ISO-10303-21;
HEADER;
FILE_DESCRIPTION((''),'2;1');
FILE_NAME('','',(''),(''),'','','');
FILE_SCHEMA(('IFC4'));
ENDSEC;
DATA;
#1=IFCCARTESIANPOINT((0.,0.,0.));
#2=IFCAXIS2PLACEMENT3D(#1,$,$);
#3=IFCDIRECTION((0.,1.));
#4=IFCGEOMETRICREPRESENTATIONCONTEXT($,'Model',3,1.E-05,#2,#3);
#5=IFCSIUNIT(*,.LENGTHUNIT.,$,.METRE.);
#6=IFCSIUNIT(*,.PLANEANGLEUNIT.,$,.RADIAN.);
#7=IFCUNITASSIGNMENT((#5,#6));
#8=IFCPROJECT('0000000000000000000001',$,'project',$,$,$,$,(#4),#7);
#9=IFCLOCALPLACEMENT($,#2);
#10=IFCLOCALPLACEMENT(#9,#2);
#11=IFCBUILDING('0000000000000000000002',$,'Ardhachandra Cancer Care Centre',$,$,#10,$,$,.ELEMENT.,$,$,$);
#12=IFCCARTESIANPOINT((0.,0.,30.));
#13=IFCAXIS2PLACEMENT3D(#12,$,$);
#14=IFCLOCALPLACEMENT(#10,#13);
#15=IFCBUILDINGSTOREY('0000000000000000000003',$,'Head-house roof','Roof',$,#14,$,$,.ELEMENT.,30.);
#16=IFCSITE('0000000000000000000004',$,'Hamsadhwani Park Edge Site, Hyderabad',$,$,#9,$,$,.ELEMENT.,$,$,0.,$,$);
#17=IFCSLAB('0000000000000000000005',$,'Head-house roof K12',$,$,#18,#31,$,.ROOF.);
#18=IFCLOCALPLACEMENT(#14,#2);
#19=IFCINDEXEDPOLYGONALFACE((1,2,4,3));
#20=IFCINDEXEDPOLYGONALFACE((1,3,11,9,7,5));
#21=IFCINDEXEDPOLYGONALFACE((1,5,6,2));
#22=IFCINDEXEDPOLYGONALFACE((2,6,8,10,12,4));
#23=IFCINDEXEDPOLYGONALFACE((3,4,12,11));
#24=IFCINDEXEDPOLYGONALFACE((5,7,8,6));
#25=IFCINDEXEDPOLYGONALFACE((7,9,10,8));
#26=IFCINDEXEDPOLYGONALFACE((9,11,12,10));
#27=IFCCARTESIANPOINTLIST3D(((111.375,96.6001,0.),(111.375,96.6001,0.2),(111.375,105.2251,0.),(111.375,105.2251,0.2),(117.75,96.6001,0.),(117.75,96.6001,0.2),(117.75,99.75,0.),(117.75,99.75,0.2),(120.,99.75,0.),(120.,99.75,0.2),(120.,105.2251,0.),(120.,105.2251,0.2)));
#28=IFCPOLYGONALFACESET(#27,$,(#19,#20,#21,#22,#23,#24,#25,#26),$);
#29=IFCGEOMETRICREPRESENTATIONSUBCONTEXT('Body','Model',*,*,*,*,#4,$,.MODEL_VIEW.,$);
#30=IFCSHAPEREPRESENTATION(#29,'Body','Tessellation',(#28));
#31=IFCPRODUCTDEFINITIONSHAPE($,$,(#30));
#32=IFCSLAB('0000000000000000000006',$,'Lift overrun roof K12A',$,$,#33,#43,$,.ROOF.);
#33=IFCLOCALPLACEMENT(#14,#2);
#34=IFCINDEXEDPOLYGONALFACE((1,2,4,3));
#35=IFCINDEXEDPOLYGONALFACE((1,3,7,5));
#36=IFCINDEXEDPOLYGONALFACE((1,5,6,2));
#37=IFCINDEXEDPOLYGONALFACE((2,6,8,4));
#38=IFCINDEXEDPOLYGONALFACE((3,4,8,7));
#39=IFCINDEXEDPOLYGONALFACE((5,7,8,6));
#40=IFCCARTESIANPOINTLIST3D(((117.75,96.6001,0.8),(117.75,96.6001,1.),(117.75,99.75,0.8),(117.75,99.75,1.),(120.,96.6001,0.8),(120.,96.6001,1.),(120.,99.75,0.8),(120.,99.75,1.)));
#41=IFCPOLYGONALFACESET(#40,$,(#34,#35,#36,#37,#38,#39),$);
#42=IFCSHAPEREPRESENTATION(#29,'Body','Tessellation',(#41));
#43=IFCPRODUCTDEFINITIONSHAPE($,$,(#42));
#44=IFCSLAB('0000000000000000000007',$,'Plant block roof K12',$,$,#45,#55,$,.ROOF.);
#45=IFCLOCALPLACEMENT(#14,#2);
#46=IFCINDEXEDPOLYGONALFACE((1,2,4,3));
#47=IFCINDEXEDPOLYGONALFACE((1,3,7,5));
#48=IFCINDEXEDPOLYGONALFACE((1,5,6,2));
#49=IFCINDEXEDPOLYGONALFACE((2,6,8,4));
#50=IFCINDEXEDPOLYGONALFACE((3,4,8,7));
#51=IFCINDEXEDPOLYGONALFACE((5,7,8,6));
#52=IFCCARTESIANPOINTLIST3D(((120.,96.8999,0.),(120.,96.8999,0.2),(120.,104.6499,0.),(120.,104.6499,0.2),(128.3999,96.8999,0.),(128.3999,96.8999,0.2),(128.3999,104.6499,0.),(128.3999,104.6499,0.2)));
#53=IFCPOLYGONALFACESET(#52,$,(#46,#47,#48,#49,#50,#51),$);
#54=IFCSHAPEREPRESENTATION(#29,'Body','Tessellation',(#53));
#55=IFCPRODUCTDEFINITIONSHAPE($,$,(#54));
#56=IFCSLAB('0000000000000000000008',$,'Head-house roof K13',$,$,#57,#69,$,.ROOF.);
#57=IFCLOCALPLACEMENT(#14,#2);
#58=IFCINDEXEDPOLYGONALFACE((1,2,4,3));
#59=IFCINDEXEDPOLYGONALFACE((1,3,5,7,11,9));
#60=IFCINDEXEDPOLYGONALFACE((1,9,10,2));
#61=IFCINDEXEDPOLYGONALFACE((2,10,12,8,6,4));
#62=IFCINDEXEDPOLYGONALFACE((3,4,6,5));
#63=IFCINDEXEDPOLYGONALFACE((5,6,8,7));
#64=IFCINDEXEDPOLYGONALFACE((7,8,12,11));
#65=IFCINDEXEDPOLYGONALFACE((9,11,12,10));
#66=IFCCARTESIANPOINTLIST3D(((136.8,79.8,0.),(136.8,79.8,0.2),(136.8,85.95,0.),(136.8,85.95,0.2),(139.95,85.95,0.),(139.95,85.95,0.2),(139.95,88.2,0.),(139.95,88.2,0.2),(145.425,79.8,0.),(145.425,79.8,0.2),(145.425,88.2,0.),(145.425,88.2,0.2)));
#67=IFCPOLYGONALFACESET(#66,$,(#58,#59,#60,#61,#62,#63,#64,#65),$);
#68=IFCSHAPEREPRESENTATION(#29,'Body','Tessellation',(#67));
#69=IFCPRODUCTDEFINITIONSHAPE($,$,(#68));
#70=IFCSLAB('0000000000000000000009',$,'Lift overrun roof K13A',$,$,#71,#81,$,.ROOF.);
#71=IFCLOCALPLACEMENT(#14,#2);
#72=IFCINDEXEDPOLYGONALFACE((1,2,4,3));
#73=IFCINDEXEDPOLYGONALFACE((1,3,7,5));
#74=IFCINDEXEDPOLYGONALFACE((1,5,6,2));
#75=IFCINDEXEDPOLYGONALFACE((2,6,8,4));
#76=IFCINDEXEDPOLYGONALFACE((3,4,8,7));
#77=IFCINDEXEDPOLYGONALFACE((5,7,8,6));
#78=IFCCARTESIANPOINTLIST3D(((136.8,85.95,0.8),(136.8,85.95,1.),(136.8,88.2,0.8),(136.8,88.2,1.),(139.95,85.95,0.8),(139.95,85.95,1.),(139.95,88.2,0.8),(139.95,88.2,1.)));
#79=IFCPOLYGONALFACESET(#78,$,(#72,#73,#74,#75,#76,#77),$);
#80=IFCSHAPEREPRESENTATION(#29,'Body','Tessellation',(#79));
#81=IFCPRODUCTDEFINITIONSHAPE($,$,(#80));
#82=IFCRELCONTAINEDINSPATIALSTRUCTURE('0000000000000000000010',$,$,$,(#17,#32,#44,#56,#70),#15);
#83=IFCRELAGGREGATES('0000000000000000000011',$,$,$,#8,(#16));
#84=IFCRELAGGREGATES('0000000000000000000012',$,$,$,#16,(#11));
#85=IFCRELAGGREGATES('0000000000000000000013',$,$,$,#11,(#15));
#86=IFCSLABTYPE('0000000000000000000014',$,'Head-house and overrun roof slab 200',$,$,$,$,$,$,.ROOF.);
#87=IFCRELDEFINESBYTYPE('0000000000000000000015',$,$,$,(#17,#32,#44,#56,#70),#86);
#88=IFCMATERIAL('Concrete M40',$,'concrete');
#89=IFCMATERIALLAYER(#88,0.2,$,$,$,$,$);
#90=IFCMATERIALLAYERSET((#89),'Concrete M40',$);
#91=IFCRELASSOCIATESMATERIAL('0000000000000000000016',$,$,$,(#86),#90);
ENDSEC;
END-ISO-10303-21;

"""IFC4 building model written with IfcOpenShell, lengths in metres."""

from ifc_helpers import new_model, si_unit, direction, frame, origin, place, context, subcontext, project, spatial, polyline, outline, extrude, material, layer, layer_set, type_object, element, save


model = new_model("IFC4")

# Units and contexts
model_context = context("Model", 3, precision=1e-05, world=origin(), true_north=direction((0.0, 1.0)))
body_context = subcontext(model_context, "Body", "Model", "MODEL_VIEW")
ifc_project = project(units=[si_unit("LENGTHUNIT", "METRE"), si_unit("PLANEANGLEUNIT", "RADIAN")], contexts=[model_context])

# Site, building, storey
site_placement = place(None, origin())
site = spatial("IfcSite", under=ifc_project, at=site_placement, Name="Hamsadhwani Park Edge Site, Hyderabad", CompositionType="ELEMENT", RefElevation=0.0)
building_placement = place(site_placement, origin())
building = spatial("IfcBuilding", under=site, at=building_placement, Name="Ardhachandra Cancer Care Centre", CompositionType="ELEMENT")
storey_placement = place(building_placement, frame((0.0, 0.0, 30.0)))
storey = spatial("IfcBuildingStorey", under=building, at=storey_placement, Name="Head-house roof", Description="Roof", CompositionType="ELEMENT", Elevation=30.0)

# Slabs
ifc_material = material(Name="Concrete M40", Category="concrete")
ifc_layer = layer(ifc_material, 0.2)
ifc_layer_set = layer_set([ifc_layer], Name="Concrete M40")
slab_type = type_object("IfcSlabType", Name="Head-house and overrun roof slab 200", PredefinedType="ROOF", material=ifc_layer_set)
slab_1_placement = place(storey_placement, origin())
element("IfcSlab", 1, at=slab_1_placement, inside=storey, type_object=slab_type, Name="Head-house roof K12", PredefinedType="ROOF", context=body_context, shape_type="SweptSolid", body=[
    extrude(outline(polyline([(111.375, 96.6001), (111.375, 105.2251), (120.0, 105.2251), (120.0, 99.75), (117.75, 99.75), (117.75, 96.6001), (111.375, 96.6001)])), origin(), (0.0, 0.0, 1.0), 0.2),
])
slab_2_placement = place(storey_placement, frame((0.0, 0.0, 0.8)))
element("IfcSlab", 2, at=slab_2_placement, inside=storey, type_object=slab_type, Name="Lift overrun roof K12A", PredefinedType="ROOF", context=body_context, shape_type="SweptSolid", body=[
    extrude(outline(polyline([(117.75, 96.6001), (120.0, 96.6001), (120.0, 99.75), (117.75, 99.75), (117.75, 96.6001)])), origin(), (0.0, 0.0, 1.0), 0.2),
])
slab_3_placement = place(storey_placement, origin())
element("IfcSlab", 3, at=slab_3_placement, inside=storey, type_object=slab_type, Name="Plant block roof K12", PredefinedType="ROOF", context=body_context, shape_type="SweptSolid", body=[
    extrude(outline(polyline([(120.0, 96.8999), (128.3999, 96.8999), (128.3999, 104.6499), (120.0, 104.6499), (120.0, 96.8999)])), origin(), (0.0, 0.0, 1.0), 0.2),
])
slab_4_placement = place(storey_placement, origin())
element("IfcSlab", 4, at=slab_4_placement, inside=storey, type_object=slab_type, Name="Head-house roof K13", PredefinedType="ROOF", context=body_context, shape_type="SweptSolid", body=[
    extrude(outline(polyline([(136.8, 79.8), (145.425, 79.8), (145.425, 88.2), (139.95, 88.2), (139.95, 85.95), (136.8, 85.95), (136.8, 79.8)])), origin(), (0.0, 0.0, 1.0), 0.2),
])
slab_5_placement = place(storey_placement, frame((0.0, 0.0, 0.8)))
element("IfcSlab", 5, at=slab_5_placement, inside=storey, type_object=slab_type, Name="Lift overrun roof K13A", PredefinedType="ROOF", context=body_context, shape_type="SweptSolid", body=[
    extrude(outline(polyline([(136.8, 85.95), (136.8, 88.2), (139.95, 88.2), (139.95, 85.95), (136.8, 85.95)])), origin(), (0.0, 0.0, 1.0), 0.2),
])

save(model, "model.ifc")
